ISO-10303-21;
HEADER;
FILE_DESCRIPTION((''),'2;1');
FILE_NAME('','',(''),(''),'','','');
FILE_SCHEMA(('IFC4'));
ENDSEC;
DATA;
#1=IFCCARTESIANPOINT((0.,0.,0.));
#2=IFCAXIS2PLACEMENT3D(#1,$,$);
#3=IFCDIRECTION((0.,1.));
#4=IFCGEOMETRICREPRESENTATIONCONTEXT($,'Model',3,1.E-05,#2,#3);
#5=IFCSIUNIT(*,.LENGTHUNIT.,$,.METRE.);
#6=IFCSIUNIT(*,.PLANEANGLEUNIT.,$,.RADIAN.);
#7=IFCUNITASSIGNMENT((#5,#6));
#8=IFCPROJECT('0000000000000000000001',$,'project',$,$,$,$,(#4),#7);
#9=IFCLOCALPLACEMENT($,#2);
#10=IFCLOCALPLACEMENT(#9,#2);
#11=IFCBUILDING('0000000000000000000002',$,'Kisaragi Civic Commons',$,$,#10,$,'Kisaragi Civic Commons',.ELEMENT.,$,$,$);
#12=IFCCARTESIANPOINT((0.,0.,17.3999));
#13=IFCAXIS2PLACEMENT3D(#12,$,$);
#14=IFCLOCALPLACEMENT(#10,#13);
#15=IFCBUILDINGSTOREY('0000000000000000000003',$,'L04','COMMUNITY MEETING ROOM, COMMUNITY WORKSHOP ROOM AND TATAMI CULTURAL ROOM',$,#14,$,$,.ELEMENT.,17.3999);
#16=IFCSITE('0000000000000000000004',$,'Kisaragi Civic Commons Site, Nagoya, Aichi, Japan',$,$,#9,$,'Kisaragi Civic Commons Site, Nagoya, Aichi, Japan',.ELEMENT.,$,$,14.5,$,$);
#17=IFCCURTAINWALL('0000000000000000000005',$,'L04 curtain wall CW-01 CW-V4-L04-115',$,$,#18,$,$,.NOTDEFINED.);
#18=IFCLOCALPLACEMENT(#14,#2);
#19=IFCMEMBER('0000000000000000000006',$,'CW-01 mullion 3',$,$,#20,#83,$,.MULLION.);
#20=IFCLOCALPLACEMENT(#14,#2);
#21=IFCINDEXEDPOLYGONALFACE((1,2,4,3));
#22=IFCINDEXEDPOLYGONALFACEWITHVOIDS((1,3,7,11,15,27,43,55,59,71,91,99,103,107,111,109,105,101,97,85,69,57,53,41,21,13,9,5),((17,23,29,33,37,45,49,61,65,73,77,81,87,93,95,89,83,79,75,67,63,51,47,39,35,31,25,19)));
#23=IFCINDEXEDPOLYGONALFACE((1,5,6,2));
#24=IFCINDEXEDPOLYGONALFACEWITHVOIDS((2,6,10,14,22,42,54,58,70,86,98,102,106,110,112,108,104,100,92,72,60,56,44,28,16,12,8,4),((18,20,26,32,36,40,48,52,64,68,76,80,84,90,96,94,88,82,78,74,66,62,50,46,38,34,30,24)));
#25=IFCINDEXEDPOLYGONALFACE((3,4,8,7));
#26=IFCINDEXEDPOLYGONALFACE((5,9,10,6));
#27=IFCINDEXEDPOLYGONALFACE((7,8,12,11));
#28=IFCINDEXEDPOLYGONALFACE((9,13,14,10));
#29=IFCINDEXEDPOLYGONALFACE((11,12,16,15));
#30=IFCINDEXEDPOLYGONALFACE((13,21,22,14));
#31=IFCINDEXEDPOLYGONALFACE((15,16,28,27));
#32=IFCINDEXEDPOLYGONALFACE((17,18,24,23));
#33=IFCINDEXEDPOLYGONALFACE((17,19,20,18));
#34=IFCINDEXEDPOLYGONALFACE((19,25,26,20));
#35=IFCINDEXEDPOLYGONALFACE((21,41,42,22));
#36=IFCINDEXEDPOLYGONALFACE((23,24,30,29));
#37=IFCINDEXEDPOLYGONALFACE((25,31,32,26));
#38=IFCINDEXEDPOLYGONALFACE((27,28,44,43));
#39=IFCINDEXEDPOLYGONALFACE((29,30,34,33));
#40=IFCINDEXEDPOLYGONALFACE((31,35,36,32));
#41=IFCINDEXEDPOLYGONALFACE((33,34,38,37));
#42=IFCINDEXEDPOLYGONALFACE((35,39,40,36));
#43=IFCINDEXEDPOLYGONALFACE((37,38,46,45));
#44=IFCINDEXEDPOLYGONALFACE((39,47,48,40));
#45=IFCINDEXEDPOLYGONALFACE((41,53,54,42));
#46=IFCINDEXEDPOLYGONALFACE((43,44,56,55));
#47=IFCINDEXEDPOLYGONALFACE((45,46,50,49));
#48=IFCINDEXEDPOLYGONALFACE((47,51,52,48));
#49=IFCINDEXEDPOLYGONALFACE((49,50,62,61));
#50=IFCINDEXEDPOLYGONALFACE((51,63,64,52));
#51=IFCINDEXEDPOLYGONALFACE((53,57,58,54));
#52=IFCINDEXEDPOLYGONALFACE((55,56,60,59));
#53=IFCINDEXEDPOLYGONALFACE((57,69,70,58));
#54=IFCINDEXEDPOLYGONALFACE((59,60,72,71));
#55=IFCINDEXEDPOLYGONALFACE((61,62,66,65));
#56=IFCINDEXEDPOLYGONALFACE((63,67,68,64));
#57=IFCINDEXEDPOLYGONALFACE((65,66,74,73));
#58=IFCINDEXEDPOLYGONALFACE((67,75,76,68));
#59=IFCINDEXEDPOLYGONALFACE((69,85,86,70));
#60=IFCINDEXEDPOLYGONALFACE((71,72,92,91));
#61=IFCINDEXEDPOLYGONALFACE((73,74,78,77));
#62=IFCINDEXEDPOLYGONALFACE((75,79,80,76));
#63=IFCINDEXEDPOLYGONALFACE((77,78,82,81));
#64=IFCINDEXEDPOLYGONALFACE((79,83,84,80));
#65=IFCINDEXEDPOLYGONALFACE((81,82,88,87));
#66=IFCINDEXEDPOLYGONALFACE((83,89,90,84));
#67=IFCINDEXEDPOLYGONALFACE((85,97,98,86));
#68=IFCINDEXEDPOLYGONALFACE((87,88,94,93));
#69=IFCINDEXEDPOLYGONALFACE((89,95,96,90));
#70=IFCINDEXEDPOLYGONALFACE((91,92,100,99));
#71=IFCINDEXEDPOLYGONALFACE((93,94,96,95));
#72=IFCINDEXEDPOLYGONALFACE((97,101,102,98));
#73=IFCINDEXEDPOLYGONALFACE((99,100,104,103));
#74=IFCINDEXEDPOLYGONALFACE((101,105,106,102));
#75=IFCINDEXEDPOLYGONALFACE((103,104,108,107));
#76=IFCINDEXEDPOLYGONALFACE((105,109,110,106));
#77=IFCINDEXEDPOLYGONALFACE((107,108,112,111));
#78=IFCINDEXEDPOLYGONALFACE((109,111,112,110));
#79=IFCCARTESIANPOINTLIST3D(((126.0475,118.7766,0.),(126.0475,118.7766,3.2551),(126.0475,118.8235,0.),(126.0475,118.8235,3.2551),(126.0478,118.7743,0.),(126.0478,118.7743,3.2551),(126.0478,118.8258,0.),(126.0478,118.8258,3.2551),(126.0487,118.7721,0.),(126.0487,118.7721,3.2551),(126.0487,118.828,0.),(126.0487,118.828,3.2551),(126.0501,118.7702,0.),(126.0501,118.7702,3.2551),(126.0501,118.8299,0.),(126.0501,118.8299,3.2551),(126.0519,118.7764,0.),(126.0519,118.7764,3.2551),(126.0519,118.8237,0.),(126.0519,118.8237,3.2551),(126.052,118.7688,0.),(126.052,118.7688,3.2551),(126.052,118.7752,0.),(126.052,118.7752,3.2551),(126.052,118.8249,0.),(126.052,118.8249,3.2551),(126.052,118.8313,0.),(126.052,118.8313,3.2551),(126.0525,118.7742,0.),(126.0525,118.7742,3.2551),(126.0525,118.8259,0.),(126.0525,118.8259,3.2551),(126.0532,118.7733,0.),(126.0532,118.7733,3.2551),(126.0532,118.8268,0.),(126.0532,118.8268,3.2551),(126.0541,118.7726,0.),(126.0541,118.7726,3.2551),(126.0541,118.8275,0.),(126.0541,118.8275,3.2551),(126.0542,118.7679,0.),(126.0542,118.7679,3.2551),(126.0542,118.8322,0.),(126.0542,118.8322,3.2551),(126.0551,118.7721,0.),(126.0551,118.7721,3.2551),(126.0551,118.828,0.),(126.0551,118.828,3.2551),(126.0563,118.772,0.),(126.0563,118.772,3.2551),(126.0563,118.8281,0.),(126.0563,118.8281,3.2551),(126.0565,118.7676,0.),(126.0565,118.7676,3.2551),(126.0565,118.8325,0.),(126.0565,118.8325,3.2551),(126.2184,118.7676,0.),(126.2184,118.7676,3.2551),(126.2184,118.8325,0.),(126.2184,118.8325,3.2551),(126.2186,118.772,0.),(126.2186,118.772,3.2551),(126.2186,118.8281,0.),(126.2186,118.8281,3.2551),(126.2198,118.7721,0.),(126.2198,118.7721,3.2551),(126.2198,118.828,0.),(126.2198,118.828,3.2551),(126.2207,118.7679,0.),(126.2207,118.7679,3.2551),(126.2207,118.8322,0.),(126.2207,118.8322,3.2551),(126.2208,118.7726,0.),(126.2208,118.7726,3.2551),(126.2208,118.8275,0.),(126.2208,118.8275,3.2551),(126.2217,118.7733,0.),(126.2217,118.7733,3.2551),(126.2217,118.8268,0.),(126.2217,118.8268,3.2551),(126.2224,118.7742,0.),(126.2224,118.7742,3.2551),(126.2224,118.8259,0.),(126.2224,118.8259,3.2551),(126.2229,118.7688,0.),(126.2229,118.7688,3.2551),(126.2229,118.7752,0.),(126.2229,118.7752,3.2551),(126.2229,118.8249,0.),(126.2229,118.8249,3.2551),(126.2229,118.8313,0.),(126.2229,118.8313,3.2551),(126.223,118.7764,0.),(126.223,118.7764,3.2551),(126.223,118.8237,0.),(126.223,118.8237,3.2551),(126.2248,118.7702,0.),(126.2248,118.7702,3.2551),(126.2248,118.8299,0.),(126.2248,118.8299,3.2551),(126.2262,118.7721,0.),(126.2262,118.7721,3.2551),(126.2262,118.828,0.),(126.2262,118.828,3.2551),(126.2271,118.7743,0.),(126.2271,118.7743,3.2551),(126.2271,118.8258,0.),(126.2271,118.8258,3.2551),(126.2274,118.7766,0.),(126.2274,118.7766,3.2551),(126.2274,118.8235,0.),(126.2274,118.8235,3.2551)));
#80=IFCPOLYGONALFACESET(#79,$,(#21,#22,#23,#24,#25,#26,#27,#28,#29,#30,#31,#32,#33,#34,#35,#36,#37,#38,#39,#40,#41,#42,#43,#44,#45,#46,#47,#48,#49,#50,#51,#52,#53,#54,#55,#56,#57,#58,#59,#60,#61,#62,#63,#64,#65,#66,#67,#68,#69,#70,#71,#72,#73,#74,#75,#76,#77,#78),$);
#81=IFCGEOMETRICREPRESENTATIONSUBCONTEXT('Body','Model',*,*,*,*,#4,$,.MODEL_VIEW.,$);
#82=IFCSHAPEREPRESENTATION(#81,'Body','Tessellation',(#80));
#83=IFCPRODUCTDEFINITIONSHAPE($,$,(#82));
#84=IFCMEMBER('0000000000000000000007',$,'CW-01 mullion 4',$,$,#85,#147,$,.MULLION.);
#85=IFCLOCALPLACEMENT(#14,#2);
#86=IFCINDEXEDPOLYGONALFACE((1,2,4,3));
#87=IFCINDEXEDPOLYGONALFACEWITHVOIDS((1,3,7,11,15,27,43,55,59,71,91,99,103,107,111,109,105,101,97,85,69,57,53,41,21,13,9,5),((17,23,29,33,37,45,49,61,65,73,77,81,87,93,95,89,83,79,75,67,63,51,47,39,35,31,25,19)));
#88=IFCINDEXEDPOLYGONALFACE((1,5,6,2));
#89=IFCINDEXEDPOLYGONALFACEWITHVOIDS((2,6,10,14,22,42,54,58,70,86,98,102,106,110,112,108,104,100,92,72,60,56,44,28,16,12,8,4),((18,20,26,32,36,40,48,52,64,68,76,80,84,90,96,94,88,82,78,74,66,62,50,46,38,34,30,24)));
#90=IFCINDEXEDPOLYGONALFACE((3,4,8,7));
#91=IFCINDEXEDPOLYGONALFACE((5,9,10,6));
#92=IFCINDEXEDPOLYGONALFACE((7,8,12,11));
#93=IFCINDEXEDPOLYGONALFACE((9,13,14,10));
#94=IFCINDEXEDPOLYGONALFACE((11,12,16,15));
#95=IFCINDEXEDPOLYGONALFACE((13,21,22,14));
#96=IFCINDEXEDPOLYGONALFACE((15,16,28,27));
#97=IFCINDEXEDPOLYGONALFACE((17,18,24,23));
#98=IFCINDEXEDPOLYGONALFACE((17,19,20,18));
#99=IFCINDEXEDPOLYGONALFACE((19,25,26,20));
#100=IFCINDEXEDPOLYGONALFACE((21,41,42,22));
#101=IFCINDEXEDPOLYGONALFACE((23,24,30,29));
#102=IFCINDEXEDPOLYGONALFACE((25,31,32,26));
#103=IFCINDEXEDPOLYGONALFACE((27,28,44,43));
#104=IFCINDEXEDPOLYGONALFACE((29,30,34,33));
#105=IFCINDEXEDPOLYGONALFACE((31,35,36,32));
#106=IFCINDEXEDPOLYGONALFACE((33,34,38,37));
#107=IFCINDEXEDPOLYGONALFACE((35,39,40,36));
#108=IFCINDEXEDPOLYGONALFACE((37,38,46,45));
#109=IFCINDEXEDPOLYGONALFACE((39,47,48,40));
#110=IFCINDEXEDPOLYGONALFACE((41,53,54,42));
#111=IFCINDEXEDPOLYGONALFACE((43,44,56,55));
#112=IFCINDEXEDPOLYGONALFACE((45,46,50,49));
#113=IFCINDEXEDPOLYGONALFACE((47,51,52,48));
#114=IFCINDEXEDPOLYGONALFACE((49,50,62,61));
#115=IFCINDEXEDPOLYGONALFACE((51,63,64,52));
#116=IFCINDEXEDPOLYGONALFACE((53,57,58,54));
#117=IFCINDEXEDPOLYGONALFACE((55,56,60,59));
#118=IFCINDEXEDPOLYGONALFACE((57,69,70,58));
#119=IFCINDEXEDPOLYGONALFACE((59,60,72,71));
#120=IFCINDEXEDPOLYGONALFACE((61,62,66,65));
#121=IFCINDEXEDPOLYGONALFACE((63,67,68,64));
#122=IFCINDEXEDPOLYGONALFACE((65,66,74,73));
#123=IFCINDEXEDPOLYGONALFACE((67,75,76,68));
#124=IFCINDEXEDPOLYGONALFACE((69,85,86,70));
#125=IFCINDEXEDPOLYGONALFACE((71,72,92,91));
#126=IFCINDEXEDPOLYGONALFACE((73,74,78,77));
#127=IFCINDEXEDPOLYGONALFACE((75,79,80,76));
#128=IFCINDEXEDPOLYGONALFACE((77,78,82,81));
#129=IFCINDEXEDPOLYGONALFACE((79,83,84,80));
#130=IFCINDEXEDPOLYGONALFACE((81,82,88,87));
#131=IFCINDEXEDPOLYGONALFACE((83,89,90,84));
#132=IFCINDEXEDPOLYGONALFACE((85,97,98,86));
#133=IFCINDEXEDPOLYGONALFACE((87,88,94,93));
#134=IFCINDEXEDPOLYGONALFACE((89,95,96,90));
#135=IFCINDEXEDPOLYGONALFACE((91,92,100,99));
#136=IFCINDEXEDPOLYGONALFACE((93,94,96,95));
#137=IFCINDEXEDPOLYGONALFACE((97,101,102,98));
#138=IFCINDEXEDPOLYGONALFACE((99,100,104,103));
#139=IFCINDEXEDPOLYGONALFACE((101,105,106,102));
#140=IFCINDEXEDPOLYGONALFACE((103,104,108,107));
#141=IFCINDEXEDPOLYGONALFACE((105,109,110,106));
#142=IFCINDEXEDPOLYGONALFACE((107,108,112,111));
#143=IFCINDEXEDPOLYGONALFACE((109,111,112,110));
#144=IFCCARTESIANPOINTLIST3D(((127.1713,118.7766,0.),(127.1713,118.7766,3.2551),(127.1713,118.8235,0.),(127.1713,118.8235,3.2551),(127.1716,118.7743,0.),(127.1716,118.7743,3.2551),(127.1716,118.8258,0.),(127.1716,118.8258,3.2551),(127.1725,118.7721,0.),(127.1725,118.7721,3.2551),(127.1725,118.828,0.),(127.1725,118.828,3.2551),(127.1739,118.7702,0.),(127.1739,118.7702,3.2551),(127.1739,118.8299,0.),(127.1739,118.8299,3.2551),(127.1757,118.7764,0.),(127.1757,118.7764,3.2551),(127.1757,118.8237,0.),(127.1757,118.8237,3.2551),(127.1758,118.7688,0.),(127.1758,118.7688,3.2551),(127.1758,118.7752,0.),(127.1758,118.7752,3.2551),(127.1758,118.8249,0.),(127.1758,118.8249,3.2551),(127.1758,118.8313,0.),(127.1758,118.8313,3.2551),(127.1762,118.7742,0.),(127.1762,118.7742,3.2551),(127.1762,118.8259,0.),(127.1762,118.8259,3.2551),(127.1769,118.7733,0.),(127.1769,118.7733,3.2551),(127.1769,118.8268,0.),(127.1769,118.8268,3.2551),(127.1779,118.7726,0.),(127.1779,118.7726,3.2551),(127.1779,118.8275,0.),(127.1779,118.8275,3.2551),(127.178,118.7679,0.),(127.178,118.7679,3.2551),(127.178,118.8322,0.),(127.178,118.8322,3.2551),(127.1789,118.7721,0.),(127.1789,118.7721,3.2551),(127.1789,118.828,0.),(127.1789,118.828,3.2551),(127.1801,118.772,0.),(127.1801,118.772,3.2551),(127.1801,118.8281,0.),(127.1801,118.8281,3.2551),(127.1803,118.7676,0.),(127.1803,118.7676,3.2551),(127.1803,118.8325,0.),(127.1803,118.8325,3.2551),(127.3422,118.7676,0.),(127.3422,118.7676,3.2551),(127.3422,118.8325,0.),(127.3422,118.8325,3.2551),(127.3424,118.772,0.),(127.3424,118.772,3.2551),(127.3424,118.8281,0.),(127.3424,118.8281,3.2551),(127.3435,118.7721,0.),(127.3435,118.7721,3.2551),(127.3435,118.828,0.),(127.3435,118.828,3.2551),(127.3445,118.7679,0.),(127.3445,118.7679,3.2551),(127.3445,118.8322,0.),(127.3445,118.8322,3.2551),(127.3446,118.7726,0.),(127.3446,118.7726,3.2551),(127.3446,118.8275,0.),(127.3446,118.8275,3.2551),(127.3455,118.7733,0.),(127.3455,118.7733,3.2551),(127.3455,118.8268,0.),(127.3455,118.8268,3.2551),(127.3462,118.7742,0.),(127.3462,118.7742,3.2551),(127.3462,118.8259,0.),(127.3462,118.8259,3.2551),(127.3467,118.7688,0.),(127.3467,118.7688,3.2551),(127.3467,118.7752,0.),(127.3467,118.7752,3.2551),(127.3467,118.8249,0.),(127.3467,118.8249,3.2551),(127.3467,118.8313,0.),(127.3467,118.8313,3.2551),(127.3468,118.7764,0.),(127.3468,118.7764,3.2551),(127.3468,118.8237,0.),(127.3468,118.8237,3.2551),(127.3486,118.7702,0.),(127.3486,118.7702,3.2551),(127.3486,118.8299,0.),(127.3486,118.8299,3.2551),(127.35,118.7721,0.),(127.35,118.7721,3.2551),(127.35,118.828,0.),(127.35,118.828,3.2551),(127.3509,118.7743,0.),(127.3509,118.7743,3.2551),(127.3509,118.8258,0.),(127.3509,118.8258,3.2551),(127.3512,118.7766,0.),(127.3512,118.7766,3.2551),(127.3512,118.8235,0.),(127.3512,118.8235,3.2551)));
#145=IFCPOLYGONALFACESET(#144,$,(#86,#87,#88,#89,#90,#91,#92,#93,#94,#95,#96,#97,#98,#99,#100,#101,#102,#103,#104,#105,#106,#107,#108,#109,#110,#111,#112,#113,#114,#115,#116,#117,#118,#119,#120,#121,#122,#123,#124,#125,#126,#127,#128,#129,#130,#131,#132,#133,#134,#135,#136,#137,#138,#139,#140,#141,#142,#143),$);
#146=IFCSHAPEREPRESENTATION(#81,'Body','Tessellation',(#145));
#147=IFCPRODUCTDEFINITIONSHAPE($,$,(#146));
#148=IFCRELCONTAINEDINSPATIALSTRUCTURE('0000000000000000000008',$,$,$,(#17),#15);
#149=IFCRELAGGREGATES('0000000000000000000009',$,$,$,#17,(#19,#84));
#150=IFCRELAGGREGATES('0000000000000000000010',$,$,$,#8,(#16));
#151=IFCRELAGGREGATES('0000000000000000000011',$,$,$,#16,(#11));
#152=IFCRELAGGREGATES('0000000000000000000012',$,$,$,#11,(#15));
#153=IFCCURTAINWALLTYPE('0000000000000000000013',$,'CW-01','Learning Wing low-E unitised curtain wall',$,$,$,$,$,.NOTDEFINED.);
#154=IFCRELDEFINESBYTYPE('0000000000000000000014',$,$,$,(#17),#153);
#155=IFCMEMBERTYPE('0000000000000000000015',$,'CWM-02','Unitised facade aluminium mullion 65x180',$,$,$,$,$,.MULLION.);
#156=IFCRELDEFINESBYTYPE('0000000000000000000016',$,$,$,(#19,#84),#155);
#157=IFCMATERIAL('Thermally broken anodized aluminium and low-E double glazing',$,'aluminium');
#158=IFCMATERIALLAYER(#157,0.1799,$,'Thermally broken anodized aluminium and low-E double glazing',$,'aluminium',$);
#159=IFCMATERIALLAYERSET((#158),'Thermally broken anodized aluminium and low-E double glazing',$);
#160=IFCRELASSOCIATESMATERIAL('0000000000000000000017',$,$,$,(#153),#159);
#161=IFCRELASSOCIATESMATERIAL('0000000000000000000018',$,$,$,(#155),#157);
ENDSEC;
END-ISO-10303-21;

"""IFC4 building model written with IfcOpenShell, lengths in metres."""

from ifc_helpers import new_model, si_unit, direction, frame, origin, origin_2d, place, context, subcontext, project, spatial, hollow_rectangle, extrude, material, layer, layer_set, material_profile, profile_set, type_object, element, aggregate, save


model = new_model("IFC4")

# Units and contexts
model_context = context("Model", 3, precision=1e-05, world=origin(), true_north=direction((0.0, 1.0)))
body_context = subcontext(model_context, "Body", "Model", "MODEL_VIEW")
ifc_project = project(units=[si_unit("LENGTHUNIT", "METRE"), si_unit("PLANEANGLEUNIT", "RADIAN")], contexts=[model_context])

# Site, building, storey
site_placement = place(None, origin())
site = spatial("IfcSite", under=ifc_project, at=site_placement, Name="Kisaragi Civic Commons Site, Nagoya, Aichi, Japan", LongName="Kisaragi Civic Commons Site, Nagoya, Aichi, Japan", CompositionType="ELEMENT", RefElevation=14.5)
building_placement = place(site_placement, origin())
building = spatial("IfcBuilding", under=site, at=building_placement, Name="Kisaragi Civic Commons", LongName="Kisaragi Civic Commons", CompositionType="ELEMENT")
storey_placement = place(building_placement, frame((0.0, 0.0, 17.3999)))
storey = spatial("IfcBuildingStorey", under=building, at=storey_placement, Name="L04", Description="COMMUNITY MEETING ROOM, COMMUNITY WORKSHOP ROOM AND TATAMI CULTURAL ROOM", CompositionType="ELEMENT", Elevation=17.3999)

# Curtain wall, members
ifc_material_1 = material(Name="Thermally broken anodized aluminium and low-E double glazing", Category="aluminium")
ifc_layer_1 = layer(ifc_material_1, 0.1799, Name="Thermally broken anodized aluminium and low-E double glazing", Category="aluminium")
ifc_layer_set_1 = layer_set([ifc_layer_1], Name="Thermally broken anodized aluminium and low-E double glazing")
curtain_wall_type = type_object("IfcCurtainWallType", Name="CW-01", Description="Learning Wing low-E unitised curtain wall", PredefinedType="NOTDEFINED", material=ifc_layer_set_1)
curtain_wall_placement = place(storey_placement, origin())
curtain_wall = element("IfcCurtainWall", 1, at=curtain_wall_placement, inside=storey, type_object=curtain_wall_type, Name="L04 curtain wall CW-01 CW-V4-L04-115", PredefinedType="NOTDEFINED")
ifc_material_profile_1 = material_profile(ifc_material_1, hollow_rectangle(XDim=0.0649, YDim=0.1799, WallThickness=0.0044, InnerFilletRadius=0.0044, OuterFilletRadius=0.009, at=origin_2d()), Name="CWM-65x180x4.5", Category="aluminium")
ifc_profile_set_1 = profile_set([ifc_material_profile_1], Name="Thermally broken anodized aluminium and low-E double glazing")
member_type_1 = type_object("IfcMemberType", Name="CWM-02", Description="Unitised facade aluminium mullion 65x180", PredefinedType="MULLION", material=ifc_profile_set_1)
member_1_placement = place(storey_placement, frame((126.1375, 118.8, 0.0), z_axis=(0.0, 0.0, 1.0), x_axis=(0.0, 1.0, 0.0)))
member_1 = element("IfcMember", 2, at=member_1_placement, type_object=member_type_1, Name="CW-01 mullion 3", PredefinedType="MULLION", context=body_context, shape_type="SweptSolid", body=[
    extrude(hollow_rectangle(XDim=0.0649, YDim=0.1799, WallThickness=0.0044, InnerFilletRadius=0.0044, OuterFilletRadius=0.009, at=origin_2d()), origin(), (0.0, 0.0, 1.0), 3.2551),
])
member_2_placement = place(storey_placement, frame((127.2612, 118.8, 0.0), z_axis=(0.0, 0.0, 1.0), x_axis=(0.0, 1.0, 0.0)))
member_2 = element("IfcMember", 3, at=member_2_placement, type_object=member_type_1, Name="CW-01 mullion 4", PredefinedType="MULLION", context=body_context, shape_type="SweptSolid", body=[
    extrude(hollow_rectangle(XDim=0.0649, YDim=0.1799, WallThickness=0.0044, InnerFilletRadius=0.0044, OuterFilletRadius=0.009, at=origin_2d()), origin(), (0.0, 0.0, 1.0), 3.2551),
])
aggregate(curtain_wall, [member_1, member_2])

save(model, "model.ifc")
